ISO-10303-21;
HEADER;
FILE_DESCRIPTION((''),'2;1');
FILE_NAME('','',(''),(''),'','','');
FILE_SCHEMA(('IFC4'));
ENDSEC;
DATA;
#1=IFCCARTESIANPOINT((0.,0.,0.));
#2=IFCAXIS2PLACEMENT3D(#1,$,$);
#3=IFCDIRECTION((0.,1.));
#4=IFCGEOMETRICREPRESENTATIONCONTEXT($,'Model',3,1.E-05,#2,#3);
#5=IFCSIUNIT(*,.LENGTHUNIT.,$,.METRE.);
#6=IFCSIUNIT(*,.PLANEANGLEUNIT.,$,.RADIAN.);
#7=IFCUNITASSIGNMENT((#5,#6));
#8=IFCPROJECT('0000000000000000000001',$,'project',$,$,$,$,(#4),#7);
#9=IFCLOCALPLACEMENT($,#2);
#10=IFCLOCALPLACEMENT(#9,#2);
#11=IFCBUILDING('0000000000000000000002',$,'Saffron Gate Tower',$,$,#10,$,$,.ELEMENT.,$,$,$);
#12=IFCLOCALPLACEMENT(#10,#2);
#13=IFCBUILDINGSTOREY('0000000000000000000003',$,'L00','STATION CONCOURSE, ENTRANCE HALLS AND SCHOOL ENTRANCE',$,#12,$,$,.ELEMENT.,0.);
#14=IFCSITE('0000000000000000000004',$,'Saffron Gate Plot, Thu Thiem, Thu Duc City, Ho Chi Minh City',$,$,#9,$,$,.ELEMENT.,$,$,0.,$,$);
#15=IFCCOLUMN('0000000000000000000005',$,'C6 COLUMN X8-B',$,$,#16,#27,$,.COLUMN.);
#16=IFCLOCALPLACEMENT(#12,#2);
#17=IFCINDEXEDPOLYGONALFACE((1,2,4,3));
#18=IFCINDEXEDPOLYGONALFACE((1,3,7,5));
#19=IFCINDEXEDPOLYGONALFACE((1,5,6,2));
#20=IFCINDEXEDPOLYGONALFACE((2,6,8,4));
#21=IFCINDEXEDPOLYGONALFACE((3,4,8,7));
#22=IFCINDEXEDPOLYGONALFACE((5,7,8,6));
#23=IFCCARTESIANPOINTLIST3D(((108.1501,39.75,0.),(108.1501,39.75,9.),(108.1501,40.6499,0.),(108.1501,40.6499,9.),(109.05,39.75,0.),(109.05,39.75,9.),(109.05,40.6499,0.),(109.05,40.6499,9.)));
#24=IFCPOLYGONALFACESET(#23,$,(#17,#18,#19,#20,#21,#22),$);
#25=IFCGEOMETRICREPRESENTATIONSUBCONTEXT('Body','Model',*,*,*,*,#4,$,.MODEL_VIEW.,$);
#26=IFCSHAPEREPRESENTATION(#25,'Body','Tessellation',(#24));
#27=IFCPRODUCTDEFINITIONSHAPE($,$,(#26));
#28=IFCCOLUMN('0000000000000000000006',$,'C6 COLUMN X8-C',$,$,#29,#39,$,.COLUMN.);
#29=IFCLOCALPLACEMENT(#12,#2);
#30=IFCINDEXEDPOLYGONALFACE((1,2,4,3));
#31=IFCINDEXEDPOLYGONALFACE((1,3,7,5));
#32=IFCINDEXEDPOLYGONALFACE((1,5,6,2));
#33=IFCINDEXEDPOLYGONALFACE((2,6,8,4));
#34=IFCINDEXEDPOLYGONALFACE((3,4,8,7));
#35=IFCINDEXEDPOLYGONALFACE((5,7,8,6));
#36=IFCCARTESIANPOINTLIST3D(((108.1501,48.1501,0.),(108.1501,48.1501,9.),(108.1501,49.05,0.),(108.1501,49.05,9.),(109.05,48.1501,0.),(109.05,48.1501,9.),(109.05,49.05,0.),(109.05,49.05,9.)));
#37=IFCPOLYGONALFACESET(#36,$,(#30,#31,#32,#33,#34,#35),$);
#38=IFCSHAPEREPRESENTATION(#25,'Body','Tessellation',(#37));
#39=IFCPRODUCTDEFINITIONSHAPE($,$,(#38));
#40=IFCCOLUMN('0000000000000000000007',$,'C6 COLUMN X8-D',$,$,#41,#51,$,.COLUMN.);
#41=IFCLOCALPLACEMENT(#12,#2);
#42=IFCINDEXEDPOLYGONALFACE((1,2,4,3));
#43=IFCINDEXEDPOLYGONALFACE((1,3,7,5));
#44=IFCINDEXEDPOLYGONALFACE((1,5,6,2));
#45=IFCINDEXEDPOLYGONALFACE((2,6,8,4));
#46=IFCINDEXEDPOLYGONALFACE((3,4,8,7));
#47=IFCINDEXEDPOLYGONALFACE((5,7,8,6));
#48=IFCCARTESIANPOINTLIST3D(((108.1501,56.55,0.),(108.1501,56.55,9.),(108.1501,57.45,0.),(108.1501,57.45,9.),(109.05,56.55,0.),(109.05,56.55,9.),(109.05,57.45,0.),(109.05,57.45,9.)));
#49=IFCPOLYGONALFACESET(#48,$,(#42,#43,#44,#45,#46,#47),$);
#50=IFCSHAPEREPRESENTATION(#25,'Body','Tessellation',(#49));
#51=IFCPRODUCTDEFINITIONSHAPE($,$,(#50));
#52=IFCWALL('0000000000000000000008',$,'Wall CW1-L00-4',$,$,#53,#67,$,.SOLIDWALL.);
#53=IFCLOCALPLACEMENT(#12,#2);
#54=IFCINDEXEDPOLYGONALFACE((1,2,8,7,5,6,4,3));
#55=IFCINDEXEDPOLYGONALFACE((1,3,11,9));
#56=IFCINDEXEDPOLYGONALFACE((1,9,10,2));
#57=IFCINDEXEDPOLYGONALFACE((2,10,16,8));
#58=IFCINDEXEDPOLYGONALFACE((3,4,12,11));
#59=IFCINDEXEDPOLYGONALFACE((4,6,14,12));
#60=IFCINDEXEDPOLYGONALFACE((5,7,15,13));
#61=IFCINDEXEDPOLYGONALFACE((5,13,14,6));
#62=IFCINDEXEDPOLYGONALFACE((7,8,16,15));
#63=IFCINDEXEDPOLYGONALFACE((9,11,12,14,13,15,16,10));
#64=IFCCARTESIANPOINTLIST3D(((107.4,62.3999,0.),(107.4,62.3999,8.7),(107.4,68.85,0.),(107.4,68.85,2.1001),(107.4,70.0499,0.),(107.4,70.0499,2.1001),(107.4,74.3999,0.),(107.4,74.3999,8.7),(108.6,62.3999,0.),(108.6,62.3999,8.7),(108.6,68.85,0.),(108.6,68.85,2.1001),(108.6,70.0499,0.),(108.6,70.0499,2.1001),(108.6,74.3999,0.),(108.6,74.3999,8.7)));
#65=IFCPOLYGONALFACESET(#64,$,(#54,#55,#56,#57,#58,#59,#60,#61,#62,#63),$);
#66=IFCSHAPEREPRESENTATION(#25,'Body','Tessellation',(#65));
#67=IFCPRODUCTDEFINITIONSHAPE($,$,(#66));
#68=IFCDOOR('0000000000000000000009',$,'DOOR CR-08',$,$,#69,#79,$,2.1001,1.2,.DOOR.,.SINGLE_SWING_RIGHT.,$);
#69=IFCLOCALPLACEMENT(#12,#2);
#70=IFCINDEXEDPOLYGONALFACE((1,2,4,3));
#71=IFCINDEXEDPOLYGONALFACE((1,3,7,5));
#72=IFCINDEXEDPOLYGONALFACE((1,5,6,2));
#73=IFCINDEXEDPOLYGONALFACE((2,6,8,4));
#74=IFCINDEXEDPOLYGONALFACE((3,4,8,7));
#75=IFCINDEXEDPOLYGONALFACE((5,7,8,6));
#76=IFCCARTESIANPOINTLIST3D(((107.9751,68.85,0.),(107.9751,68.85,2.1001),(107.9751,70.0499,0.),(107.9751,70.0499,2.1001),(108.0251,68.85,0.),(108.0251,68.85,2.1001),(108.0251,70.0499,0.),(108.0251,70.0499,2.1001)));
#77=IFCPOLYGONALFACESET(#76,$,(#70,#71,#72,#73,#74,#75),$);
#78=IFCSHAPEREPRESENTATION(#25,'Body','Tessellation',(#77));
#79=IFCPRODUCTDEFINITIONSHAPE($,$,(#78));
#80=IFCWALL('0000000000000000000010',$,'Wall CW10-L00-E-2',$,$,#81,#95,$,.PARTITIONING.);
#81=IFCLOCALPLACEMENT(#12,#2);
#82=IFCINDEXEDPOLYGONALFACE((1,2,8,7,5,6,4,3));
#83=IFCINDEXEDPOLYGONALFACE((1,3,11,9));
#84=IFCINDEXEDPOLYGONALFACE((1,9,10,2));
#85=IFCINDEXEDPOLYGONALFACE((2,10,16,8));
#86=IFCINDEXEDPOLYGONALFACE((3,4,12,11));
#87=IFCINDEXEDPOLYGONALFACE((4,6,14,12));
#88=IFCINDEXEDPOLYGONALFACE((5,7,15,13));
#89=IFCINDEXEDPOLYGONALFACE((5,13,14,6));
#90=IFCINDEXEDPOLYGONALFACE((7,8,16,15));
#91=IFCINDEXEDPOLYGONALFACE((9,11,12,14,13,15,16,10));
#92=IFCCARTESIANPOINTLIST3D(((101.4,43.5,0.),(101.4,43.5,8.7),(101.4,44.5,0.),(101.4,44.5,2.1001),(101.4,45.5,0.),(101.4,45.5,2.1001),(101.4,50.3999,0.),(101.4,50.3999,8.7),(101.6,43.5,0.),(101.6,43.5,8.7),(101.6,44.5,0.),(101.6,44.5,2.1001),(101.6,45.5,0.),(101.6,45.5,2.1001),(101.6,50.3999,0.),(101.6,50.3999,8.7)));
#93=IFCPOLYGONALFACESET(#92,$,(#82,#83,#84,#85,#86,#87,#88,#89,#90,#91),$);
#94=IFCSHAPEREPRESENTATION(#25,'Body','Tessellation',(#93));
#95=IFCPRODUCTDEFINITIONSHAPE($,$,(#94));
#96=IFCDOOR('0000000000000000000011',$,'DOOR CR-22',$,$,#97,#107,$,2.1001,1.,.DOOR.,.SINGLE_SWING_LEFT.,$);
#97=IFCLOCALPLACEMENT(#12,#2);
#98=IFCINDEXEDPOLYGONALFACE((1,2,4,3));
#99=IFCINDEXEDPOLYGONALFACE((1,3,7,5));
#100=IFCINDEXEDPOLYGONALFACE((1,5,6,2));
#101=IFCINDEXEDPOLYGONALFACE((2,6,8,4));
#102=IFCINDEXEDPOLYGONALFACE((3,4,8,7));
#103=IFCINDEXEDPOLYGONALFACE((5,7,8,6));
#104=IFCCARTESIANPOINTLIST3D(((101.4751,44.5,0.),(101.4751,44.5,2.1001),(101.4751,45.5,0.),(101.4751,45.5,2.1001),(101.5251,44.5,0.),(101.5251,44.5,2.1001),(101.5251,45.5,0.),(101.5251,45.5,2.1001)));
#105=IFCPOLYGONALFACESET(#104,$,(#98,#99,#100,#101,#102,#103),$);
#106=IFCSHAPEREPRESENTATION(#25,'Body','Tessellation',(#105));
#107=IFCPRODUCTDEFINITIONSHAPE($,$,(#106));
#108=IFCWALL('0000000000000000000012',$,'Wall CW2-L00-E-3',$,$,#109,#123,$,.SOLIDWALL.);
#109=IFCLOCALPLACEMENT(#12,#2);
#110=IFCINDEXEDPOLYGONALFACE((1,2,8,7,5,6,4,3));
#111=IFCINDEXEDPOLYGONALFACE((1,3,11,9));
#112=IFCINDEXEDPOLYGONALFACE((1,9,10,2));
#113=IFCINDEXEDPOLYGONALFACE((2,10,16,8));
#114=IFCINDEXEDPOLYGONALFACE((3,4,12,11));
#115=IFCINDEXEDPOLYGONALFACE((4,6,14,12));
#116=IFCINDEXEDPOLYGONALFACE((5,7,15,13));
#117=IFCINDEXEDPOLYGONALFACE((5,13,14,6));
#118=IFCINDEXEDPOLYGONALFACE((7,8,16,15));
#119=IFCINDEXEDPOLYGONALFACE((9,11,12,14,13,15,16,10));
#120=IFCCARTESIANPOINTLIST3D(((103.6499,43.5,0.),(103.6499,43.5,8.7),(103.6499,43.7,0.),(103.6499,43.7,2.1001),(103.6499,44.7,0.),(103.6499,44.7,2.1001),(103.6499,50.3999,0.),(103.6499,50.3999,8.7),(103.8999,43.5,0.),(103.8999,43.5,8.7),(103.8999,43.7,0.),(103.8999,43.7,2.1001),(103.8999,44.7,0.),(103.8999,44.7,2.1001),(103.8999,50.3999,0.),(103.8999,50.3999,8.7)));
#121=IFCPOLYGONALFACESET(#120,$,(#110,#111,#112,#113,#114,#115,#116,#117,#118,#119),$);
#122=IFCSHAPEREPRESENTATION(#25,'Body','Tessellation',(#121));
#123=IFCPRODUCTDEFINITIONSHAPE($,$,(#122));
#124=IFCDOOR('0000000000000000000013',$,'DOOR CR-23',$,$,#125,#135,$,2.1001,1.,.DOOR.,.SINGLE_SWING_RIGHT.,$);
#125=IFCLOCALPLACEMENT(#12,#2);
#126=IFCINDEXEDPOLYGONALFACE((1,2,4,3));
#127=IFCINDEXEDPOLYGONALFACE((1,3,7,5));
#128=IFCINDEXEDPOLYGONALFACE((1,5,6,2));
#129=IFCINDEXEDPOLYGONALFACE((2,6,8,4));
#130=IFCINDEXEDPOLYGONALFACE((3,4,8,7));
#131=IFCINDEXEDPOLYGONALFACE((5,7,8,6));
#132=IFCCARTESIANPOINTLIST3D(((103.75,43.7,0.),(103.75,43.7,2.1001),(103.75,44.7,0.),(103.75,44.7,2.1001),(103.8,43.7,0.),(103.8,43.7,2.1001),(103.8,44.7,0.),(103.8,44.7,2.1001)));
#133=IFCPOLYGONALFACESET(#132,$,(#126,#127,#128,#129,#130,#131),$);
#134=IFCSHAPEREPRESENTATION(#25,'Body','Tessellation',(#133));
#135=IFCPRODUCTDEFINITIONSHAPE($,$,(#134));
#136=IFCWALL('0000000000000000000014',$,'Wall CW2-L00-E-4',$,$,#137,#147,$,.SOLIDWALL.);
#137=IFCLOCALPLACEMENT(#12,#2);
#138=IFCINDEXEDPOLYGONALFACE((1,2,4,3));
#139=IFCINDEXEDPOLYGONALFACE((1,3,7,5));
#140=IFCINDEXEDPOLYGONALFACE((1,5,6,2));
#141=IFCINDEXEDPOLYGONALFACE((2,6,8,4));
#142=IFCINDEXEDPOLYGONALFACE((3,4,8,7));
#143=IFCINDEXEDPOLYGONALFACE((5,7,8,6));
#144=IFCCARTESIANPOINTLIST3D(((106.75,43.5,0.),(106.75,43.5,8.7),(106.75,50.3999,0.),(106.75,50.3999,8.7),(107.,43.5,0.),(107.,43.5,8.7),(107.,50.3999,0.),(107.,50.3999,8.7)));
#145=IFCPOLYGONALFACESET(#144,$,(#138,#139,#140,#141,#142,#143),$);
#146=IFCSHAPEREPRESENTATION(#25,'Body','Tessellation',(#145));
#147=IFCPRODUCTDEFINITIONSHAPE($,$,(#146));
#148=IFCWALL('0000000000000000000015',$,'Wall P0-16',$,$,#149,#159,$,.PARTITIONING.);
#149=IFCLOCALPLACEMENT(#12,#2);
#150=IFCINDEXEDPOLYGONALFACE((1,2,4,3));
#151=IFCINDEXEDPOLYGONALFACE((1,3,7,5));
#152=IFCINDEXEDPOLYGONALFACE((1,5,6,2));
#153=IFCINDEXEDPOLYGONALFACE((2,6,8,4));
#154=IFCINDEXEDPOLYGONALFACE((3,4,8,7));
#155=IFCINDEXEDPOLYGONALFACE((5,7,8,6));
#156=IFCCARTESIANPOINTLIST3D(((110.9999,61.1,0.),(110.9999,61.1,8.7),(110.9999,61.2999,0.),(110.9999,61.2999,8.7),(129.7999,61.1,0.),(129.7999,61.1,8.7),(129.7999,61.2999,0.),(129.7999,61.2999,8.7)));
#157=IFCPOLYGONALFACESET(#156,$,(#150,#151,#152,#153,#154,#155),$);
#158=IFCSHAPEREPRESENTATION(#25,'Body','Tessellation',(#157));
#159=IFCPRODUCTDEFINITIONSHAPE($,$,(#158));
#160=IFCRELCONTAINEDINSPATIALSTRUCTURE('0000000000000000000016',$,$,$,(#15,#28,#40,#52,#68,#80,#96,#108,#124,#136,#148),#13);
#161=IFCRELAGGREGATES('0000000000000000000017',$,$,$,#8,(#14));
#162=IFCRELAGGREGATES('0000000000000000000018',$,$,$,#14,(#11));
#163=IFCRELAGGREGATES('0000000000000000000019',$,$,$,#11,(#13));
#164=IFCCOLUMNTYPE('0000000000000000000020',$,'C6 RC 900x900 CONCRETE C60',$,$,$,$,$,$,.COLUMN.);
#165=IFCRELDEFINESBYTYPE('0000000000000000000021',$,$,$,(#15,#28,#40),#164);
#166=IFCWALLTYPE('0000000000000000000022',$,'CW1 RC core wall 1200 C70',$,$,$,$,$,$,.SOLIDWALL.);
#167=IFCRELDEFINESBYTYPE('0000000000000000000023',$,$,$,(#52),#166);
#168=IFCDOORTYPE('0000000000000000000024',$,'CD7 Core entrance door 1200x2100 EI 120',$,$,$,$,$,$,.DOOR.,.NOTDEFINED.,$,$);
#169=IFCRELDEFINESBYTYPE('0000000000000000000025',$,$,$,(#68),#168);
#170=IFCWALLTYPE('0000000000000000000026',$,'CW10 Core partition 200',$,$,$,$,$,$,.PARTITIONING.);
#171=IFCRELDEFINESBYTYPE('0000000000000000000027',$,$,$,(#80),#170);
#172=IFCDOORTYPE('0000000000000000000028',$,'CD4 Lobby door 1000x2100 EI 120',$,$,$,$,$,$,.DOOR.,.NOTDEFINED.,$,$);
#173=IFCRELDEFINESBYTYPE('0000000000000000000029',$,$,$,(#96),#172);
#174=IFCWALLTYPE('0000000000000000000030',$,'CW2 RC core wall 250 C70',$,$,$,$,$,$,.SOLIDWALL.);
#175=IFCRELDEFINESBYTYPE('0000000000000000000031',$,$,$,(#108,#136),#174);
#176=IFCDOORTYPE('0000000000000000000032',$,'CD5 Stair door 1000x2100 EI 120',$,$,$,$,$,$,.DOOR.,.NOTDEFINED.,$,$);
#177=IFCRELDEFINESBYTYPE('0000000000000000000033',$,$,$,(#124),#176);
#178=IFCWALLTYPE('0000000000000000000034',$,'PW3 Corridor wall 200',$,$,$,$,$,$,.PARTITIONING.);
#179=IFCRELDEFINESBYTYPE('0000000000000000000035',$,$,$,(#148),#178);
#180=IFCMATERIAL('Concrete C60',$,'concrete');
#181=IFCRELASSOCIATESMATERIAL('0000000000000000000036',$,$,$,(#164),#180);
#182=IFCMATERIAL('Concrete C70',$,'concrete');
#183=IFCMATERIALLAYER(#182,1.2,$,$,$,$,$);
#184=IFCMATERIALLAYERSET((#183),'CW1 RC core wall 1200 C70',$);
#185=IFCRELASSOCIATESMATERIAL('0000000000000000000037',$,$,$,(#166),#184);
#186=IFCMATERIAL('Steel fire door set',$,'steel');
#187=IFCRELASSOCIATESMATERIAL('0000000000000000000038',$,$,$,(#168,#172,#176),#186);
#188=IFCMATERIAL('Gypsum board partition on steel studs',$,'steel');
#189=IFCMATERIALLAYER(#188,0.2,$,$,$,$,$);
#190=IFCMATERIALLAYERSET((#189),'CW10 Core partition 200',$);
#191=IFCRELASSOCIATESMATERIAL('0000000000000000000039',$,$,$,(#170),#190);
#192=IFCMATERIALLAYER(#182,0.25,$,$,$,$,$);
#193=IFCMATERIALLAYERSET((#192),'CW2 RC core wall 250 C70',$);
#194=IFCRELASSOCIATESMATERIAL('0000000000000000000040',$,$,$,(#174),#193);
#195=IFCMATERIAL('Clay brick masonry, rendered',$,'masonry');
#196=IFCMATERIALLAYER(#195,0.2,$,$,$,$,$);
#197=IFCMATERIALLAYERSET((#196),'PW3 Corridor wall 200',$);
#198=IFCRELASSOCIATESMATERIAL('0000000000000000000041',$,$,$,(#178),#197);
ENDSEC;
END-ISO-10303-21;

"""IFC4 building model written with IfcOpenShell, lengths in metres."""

from ifc_helpers import new_model, si_unit, direction, frame, frame_2d, origin, origin_2d, place, context, subcontext, project, spatial, rectangle, extrude, material, layer, layer_set, material_profile, profile_set, type_object, element, fill, save


model = new_model("IFC4")

# Units and contexts
model_context = context("Model", 3, precision=1e-05, world=origin(), true_north=direction((0.0, 1.0)))
body_context = subcontext(model_context, "Body", "Model", "MODEL_VIEW")
ifc_project = project(units=[si_unit("LENGTHUNIT", "METRE"), si_unit("PLANEANGLEUNIT", "RADIAN")], contexts=[model_context])

# Site, building, storey
site_placement = place(None, origin())
site = spatial("IfcSite", under=ifc_project, at=site_placement, Name="Saffron Gate Plot, Thu Thiem, Thu Duc City, Ho Chi Minh City", CompositionType="ELEMENT", RefElevation=0.0)
building_placement = place(site_placement, origin())
building = spatial("IfcBuilding", under=site, at=building_placement, Name="Saffron Gate Tower", CompositionType="ELEMENT")
storey_placement = place(building_placement, origin())
storey = spatial("IfcBuildingStorey", under=building, at=storey_placement, Name="L00", Description="STATION CONCOURSE, ENTRANCE HALLS AND SCHOOL ENTRANCE", CompositionType="ELEMENT", Elevation=0.0)

# Columns
ifc_material_1 = material(Name="Concrete C60", Category="concrete")
ifc_material_profile = material_profile(ifc_material_1, rectangle(XDim=0.8999, YDim=0.8999, at=origin_2d()))
ifc_profile_set = profile_set([ifc_material_profile], Name="Concrete C60")
column_type = type_object("IfcColumnType", Name="C6 RC 900x900 CONCRETE C60", PredefinedType="COLUMN", material=ifc_profile_set)
for number, where, z_axis, x_axis, name in (
    (1, (108.6001, 40.2, 0.0), (0.0, 0.0, 1.0), (1.0, 0.0, 0.0), "C6 COLUMN X8-B"),
    (2, (108.6001, 48.6001, 0.0), (0.0, 0.0, 1.0), (1.0, 0.0, 0.0), "C6 COLUMN X8-C"),
    (3, (108.6001, 57.0, 0.0), (0.0, 0.0, 1.0), (1.0, 0.0, 0.0), "C6 COLUMN X8-D"),
):
    element("IfcColumn", number, at=place(storey_placement, frame(where, z_axis=z_axis, x_axis=x_axis)), inside=storey, type_object=column_type, Name=name, PredefinedType="COLUMN", context=body_context, shape_type="SweptSolid", body=[
        extrude(rectangle(XDim=0.8999, YDim=0.8999, at=origin_2d()), origin(), (0.0, 0.0, 1.0), 9.0),
    ])

# Walls, openings, doors
ifc_material_2 = material(Name="Concrete C70", Category="concrete")
ifc_layer_1 = layer(ifc_material_2, 1.2)
ifc_layer_set_1 = layer_set([ifc_layer_1], Name="CW1 RC core wall 1200 C70")
wall_type_1 = type_object("IfcWallType", Name="CW1 RC core wall 1200 C70", PredefinedType="SOLIDWALL", material=ifc_layer_set_1)
wall_1_placement = place(storey_placement, frame((108.0, 62.3999, 0.0), z_axis=(0.0, 0.0, 1.0), x_axis=(0.0, 1.0, 0.0)))
wall_1 = element("IfcWall", 4, at=wall_1_placement, inside=storey, type_object=wall_type_1, Name="Wall CW1-L00-4", PredefinedType="SOLIDWALL", context=body_context, shape_type="SweptSolid", body=[
    extrude(rectangle(XDim=12.0, YDim=1.2, at=frame_2d((6.0, 0.0))), origin(), (0.0, 0.0, 1.0), 8.7),
])
opening_1_placement = place(wall_1_placement, frame((6.45, 0.0, 0.0)))
opening_1 = element("IfcOpeningElement", 5, at=opening_1_placement, cuts=wall_1, PredefinedType="OPENING", context=body_context, shape_type="SweptSolid", body=[
    extrude(rectangle(XDim=1.2, YDim=2.1001, at=frame_2d((0.6001, 1.05))), frame((0.0, 0.6099, 0.0), z_axis=(0.0, -1.0, 0.0), x_axis=(1.0, 0.0, 0.0)), (0.0, 0.0, 1.0), 1.22),
])
ifc_material_3 = material(Name="Steel fire door set", Category="steel")
door_type_1 = type_object("IfcDoorType", Name="CD7 Core entrance door 1200x2100 EI 120", OperationType="NOTDEFINED", PredefinedType="DOOR", material=ifc_material_3)
door_1_placement = place(opening_1_placement, origin())
door_1 = element("IfcDoor", 6, at=door_1_placement, inside=storey, type_object=door_type_1, Name="DOOR CR-08", OperationType="SINGLE_SWING_RIGHT", OverallHeight=2.1001, OverallWidth=1.2, PredefinedType="DOOR", context=body_context, shape_type="SweptSolid", body=[
    extrude(rectangle(XDim=1.2, YDim=2.1001, at=frame_2d((0.6001, 1.05))), frame((0.0, 0.0249, 0.0), z_axis=(0.0, -1.0, 0.0), x_axis=(1.0, 0.0, 0.0)), (0.0, 0.0, 1.0), 0.05),
])
fill(opening_1, door_1)
ifc_material_4 = material(Name="Gypsum board partition on steel studs", Category="steel")
ifc_layer_2 = layer(ifc_material_4, 0.2)
ifc_layer_set_2 = layer_set([ifc_layer_2], Name="CW10 Core partition 200")
wall_type_2 = type_object("IfcWallType", Name="CW10 Core partition 200", PredefinedType="PARTITIONING", material=ifc_layer_set_2)
wall_2_placement = place(storey_placement, frame((101.5, 43.5, 0.0), z_axis=(0.0, 0.0, 1.0), x_axis=(0.0, 1.0, 0.0)))
wall_2 = element("IfcWall", 7, at=wall_2_placement, inside=storey, type_object=wall_type_2, Name="Wall CW10-L00-E-2", PredefinedType="PARTITIONING", context=body_context, shape_type="SweptSolid", body=[
    extrude(rectangle(XDim=6.8999, YDim=0.2, at=frame_2d((3.45, 0.0))), origin(), (0.0, 0.0, 1.0), 8.7),
])
opening_2_placement = place(wall_2_placement, frame((1.0, 0.0, 0.0)))
opening_2 = element("IfcOpeningElement", 8, at=opening_2_placement, cuts=wall_2, PredefinedType="OPENING", context=body_context, shape_type="SweptSolid", body=[
    extrude(rectangle(XDim=1.0, YDim=2.1001, at=frame_2d((0.5, 1.05))), frame((0.0, 0.1099, 0.0), z_axis=(0.0, -1.0, 0.0), x_axis=(1.0, 0.0, 0.0)), (0.0, 0.0, 1.0), 0.22),
])
door_type_2 = type_object("IfcDoorType", Name="CD4 Lobby door 1000x2100 EI 120", OperationType="NOTDEFINED", PredefinedType="DOOR", material=ifc_material_3)
door_2_placement = place(opening_2_placement, origin())
door_2 = element("IfcDoor", 9, at=door_2_placement, inside=storey, type_object=door_type_2, Name="DOOR CR-22", OperationType="SINGLE_SWING_LEFT", OverallHeight=2.1001, OverallWidth=1.0, PredefinedType="DOOR", context=body_context, shape_type="SweptSolid", body=[
    extrude(rectangle(XDim=1.0, YDim=2.1001, at=frame_2d((0.5, 1.05))), frame((0.0, 0.0249, 0.0), z_axis=(0.0, -1.0, 0.0), x_axis=(1.0, 0.0, 0.0)), (0.0, 0.0, 1.0), 0.05),
])
fill(opening_2, door_2)
ifc_layer_3 = layer(ifc_material_2, 0.25)
ifc_layer_set_3 = layer_set([ifc_layer_3], Name="CW2 RC core wall 250 C70")
wall_type_3 = type_object("IfcWallType", Name="CW2 RC core wall 250 C70", PredefinedType="SOLIDWALL", material=ifc_layer_set_3)
wall_3_placement = place(storey_placement, frame((103.7749, 43.5, 0.0), z_axis=(0.0, 0.0, 1.0), x_axis=(0.0, 1.0, 0.0)))
wall_3 = element("IfcWall", 10, at=wall_3_placement, inside=storey, type_object=wall_type_3, Name="Wall CW2-L00-E-3", PredefinedType="SOLIDWALL", context=body_context, shape_type="SweptSolid", body=[
    extrude(rectangle(XDim=6.8999, YDim=0.25, at=frame_2d((3.45, 0.0))), origin(), (0.0, 0.0, 1.0), 8.7),
])
opening_3_placement = place(wall_3_placement, frame((0.2, 0.0, 0.0)))
opening_3 = element("IfcOpeningElement", 11, at=opening_3_placement, cuts=wall_3, PredefinedType="OPENING", context=body_context, shape_type="SweptSolid", body=[
    extrude(rectangle(XDim=1.0, YDim=2.1001, at=frame_2d((0.5, 1.05))), frame((0.0, 0.135, 0.0), z_axis=(0.0, -1.0, 0.0), x_axis=(1.0, 0.0, 0.0)), (0.0, 0.0, 1.0), 0.27),
])
door_type_3 = type_object("IfcDoorType", Name="CD5 Stair door 1000x2100 EI 120", OperationType="NOTDEFINED", PredefinedType="DOOR", material=ifc_material_3)
door_3_placement = place(opening_3_placement, origin())
door_3 = element("IfcDoor", 12, at=door_3_placement, inside=storey, type_object=door_type_3, Name="DOOR CR-23", OperationType="SINGLE_SWING_RIGHT", OverallHeight=2.1001, OverallWidth=1.0, PredefinedType="DOOR", context=body_context, shape_type="SweptSolid", body=[
    extrude(rectangle(XDim=1.0, YDim=2.1001, at=frame_2d((0.5, 1.05))), frame((0.0, 0.0249, 0.0), z_axis=(0.0, -1.0, 0.0), x_axis=(1.0, 0.0, 0.0)), (0.0, 0.0, 1.0), 0.05),
])
fill(opening_3, door_3)

# Walls
wall_4_placement = place(storey_placement, frame((106.875, 43.5, 0.0), z_axis=(0.0, 0.0, 1.0), x_axis=(0.0, 1.0, 0.0)))
element("IfcWall", 13, at=wall_4_placement, inside=storey, type_object=wall_type_3, Name="Wall CW2-L00-E-4", PredefinedType="SOLIDWALL", context=body_context, shape_type="SweptSolid", body=[
    extrude(rectangle(XDim=6.8999, YDim=0.25, at=frame_2d((3.45, 0.0))), origin(), (0.0, 0.0, 1.0), 8.7),
])
ifc_material_5 = material(Name="Clay brick masonry, rendered", Category="masonry")
ifc_layer_4 = layer(ifc_material_5, 0.2)
ifc_layer_set_4 = layer_set([ifc_layer_4], Name="PW3 Corridor wall 200")
wall_type_4 = type_object("IfcWallType", Name="PW3 Corridor wall 200", PredefinedType="PARTITIONING", material=ifc_layer_set_4)
wall_5_placement = place(storey_placement, frame((111.0, 61.2, 0.0), z_axis=(0.0, 0.0, 1.0), x_axis=(1.0, 0.0, 0.0)))
element("IfcWall", 14, at=wall_5_placement, inside=storey, type_object=wall_type_4, Name="Wall P0-16", PredefinedType="PARTITIONING", context=body_context, shape_type="SweptSolid", body=[
    extrude(rectangle(XDim=18.8, YDim=0.2, at=frame_2d((9.3999, 0.0))), origin(), (0.0, 0.0, 1.0), 8.7),
])

save(model, "model.ifc")
